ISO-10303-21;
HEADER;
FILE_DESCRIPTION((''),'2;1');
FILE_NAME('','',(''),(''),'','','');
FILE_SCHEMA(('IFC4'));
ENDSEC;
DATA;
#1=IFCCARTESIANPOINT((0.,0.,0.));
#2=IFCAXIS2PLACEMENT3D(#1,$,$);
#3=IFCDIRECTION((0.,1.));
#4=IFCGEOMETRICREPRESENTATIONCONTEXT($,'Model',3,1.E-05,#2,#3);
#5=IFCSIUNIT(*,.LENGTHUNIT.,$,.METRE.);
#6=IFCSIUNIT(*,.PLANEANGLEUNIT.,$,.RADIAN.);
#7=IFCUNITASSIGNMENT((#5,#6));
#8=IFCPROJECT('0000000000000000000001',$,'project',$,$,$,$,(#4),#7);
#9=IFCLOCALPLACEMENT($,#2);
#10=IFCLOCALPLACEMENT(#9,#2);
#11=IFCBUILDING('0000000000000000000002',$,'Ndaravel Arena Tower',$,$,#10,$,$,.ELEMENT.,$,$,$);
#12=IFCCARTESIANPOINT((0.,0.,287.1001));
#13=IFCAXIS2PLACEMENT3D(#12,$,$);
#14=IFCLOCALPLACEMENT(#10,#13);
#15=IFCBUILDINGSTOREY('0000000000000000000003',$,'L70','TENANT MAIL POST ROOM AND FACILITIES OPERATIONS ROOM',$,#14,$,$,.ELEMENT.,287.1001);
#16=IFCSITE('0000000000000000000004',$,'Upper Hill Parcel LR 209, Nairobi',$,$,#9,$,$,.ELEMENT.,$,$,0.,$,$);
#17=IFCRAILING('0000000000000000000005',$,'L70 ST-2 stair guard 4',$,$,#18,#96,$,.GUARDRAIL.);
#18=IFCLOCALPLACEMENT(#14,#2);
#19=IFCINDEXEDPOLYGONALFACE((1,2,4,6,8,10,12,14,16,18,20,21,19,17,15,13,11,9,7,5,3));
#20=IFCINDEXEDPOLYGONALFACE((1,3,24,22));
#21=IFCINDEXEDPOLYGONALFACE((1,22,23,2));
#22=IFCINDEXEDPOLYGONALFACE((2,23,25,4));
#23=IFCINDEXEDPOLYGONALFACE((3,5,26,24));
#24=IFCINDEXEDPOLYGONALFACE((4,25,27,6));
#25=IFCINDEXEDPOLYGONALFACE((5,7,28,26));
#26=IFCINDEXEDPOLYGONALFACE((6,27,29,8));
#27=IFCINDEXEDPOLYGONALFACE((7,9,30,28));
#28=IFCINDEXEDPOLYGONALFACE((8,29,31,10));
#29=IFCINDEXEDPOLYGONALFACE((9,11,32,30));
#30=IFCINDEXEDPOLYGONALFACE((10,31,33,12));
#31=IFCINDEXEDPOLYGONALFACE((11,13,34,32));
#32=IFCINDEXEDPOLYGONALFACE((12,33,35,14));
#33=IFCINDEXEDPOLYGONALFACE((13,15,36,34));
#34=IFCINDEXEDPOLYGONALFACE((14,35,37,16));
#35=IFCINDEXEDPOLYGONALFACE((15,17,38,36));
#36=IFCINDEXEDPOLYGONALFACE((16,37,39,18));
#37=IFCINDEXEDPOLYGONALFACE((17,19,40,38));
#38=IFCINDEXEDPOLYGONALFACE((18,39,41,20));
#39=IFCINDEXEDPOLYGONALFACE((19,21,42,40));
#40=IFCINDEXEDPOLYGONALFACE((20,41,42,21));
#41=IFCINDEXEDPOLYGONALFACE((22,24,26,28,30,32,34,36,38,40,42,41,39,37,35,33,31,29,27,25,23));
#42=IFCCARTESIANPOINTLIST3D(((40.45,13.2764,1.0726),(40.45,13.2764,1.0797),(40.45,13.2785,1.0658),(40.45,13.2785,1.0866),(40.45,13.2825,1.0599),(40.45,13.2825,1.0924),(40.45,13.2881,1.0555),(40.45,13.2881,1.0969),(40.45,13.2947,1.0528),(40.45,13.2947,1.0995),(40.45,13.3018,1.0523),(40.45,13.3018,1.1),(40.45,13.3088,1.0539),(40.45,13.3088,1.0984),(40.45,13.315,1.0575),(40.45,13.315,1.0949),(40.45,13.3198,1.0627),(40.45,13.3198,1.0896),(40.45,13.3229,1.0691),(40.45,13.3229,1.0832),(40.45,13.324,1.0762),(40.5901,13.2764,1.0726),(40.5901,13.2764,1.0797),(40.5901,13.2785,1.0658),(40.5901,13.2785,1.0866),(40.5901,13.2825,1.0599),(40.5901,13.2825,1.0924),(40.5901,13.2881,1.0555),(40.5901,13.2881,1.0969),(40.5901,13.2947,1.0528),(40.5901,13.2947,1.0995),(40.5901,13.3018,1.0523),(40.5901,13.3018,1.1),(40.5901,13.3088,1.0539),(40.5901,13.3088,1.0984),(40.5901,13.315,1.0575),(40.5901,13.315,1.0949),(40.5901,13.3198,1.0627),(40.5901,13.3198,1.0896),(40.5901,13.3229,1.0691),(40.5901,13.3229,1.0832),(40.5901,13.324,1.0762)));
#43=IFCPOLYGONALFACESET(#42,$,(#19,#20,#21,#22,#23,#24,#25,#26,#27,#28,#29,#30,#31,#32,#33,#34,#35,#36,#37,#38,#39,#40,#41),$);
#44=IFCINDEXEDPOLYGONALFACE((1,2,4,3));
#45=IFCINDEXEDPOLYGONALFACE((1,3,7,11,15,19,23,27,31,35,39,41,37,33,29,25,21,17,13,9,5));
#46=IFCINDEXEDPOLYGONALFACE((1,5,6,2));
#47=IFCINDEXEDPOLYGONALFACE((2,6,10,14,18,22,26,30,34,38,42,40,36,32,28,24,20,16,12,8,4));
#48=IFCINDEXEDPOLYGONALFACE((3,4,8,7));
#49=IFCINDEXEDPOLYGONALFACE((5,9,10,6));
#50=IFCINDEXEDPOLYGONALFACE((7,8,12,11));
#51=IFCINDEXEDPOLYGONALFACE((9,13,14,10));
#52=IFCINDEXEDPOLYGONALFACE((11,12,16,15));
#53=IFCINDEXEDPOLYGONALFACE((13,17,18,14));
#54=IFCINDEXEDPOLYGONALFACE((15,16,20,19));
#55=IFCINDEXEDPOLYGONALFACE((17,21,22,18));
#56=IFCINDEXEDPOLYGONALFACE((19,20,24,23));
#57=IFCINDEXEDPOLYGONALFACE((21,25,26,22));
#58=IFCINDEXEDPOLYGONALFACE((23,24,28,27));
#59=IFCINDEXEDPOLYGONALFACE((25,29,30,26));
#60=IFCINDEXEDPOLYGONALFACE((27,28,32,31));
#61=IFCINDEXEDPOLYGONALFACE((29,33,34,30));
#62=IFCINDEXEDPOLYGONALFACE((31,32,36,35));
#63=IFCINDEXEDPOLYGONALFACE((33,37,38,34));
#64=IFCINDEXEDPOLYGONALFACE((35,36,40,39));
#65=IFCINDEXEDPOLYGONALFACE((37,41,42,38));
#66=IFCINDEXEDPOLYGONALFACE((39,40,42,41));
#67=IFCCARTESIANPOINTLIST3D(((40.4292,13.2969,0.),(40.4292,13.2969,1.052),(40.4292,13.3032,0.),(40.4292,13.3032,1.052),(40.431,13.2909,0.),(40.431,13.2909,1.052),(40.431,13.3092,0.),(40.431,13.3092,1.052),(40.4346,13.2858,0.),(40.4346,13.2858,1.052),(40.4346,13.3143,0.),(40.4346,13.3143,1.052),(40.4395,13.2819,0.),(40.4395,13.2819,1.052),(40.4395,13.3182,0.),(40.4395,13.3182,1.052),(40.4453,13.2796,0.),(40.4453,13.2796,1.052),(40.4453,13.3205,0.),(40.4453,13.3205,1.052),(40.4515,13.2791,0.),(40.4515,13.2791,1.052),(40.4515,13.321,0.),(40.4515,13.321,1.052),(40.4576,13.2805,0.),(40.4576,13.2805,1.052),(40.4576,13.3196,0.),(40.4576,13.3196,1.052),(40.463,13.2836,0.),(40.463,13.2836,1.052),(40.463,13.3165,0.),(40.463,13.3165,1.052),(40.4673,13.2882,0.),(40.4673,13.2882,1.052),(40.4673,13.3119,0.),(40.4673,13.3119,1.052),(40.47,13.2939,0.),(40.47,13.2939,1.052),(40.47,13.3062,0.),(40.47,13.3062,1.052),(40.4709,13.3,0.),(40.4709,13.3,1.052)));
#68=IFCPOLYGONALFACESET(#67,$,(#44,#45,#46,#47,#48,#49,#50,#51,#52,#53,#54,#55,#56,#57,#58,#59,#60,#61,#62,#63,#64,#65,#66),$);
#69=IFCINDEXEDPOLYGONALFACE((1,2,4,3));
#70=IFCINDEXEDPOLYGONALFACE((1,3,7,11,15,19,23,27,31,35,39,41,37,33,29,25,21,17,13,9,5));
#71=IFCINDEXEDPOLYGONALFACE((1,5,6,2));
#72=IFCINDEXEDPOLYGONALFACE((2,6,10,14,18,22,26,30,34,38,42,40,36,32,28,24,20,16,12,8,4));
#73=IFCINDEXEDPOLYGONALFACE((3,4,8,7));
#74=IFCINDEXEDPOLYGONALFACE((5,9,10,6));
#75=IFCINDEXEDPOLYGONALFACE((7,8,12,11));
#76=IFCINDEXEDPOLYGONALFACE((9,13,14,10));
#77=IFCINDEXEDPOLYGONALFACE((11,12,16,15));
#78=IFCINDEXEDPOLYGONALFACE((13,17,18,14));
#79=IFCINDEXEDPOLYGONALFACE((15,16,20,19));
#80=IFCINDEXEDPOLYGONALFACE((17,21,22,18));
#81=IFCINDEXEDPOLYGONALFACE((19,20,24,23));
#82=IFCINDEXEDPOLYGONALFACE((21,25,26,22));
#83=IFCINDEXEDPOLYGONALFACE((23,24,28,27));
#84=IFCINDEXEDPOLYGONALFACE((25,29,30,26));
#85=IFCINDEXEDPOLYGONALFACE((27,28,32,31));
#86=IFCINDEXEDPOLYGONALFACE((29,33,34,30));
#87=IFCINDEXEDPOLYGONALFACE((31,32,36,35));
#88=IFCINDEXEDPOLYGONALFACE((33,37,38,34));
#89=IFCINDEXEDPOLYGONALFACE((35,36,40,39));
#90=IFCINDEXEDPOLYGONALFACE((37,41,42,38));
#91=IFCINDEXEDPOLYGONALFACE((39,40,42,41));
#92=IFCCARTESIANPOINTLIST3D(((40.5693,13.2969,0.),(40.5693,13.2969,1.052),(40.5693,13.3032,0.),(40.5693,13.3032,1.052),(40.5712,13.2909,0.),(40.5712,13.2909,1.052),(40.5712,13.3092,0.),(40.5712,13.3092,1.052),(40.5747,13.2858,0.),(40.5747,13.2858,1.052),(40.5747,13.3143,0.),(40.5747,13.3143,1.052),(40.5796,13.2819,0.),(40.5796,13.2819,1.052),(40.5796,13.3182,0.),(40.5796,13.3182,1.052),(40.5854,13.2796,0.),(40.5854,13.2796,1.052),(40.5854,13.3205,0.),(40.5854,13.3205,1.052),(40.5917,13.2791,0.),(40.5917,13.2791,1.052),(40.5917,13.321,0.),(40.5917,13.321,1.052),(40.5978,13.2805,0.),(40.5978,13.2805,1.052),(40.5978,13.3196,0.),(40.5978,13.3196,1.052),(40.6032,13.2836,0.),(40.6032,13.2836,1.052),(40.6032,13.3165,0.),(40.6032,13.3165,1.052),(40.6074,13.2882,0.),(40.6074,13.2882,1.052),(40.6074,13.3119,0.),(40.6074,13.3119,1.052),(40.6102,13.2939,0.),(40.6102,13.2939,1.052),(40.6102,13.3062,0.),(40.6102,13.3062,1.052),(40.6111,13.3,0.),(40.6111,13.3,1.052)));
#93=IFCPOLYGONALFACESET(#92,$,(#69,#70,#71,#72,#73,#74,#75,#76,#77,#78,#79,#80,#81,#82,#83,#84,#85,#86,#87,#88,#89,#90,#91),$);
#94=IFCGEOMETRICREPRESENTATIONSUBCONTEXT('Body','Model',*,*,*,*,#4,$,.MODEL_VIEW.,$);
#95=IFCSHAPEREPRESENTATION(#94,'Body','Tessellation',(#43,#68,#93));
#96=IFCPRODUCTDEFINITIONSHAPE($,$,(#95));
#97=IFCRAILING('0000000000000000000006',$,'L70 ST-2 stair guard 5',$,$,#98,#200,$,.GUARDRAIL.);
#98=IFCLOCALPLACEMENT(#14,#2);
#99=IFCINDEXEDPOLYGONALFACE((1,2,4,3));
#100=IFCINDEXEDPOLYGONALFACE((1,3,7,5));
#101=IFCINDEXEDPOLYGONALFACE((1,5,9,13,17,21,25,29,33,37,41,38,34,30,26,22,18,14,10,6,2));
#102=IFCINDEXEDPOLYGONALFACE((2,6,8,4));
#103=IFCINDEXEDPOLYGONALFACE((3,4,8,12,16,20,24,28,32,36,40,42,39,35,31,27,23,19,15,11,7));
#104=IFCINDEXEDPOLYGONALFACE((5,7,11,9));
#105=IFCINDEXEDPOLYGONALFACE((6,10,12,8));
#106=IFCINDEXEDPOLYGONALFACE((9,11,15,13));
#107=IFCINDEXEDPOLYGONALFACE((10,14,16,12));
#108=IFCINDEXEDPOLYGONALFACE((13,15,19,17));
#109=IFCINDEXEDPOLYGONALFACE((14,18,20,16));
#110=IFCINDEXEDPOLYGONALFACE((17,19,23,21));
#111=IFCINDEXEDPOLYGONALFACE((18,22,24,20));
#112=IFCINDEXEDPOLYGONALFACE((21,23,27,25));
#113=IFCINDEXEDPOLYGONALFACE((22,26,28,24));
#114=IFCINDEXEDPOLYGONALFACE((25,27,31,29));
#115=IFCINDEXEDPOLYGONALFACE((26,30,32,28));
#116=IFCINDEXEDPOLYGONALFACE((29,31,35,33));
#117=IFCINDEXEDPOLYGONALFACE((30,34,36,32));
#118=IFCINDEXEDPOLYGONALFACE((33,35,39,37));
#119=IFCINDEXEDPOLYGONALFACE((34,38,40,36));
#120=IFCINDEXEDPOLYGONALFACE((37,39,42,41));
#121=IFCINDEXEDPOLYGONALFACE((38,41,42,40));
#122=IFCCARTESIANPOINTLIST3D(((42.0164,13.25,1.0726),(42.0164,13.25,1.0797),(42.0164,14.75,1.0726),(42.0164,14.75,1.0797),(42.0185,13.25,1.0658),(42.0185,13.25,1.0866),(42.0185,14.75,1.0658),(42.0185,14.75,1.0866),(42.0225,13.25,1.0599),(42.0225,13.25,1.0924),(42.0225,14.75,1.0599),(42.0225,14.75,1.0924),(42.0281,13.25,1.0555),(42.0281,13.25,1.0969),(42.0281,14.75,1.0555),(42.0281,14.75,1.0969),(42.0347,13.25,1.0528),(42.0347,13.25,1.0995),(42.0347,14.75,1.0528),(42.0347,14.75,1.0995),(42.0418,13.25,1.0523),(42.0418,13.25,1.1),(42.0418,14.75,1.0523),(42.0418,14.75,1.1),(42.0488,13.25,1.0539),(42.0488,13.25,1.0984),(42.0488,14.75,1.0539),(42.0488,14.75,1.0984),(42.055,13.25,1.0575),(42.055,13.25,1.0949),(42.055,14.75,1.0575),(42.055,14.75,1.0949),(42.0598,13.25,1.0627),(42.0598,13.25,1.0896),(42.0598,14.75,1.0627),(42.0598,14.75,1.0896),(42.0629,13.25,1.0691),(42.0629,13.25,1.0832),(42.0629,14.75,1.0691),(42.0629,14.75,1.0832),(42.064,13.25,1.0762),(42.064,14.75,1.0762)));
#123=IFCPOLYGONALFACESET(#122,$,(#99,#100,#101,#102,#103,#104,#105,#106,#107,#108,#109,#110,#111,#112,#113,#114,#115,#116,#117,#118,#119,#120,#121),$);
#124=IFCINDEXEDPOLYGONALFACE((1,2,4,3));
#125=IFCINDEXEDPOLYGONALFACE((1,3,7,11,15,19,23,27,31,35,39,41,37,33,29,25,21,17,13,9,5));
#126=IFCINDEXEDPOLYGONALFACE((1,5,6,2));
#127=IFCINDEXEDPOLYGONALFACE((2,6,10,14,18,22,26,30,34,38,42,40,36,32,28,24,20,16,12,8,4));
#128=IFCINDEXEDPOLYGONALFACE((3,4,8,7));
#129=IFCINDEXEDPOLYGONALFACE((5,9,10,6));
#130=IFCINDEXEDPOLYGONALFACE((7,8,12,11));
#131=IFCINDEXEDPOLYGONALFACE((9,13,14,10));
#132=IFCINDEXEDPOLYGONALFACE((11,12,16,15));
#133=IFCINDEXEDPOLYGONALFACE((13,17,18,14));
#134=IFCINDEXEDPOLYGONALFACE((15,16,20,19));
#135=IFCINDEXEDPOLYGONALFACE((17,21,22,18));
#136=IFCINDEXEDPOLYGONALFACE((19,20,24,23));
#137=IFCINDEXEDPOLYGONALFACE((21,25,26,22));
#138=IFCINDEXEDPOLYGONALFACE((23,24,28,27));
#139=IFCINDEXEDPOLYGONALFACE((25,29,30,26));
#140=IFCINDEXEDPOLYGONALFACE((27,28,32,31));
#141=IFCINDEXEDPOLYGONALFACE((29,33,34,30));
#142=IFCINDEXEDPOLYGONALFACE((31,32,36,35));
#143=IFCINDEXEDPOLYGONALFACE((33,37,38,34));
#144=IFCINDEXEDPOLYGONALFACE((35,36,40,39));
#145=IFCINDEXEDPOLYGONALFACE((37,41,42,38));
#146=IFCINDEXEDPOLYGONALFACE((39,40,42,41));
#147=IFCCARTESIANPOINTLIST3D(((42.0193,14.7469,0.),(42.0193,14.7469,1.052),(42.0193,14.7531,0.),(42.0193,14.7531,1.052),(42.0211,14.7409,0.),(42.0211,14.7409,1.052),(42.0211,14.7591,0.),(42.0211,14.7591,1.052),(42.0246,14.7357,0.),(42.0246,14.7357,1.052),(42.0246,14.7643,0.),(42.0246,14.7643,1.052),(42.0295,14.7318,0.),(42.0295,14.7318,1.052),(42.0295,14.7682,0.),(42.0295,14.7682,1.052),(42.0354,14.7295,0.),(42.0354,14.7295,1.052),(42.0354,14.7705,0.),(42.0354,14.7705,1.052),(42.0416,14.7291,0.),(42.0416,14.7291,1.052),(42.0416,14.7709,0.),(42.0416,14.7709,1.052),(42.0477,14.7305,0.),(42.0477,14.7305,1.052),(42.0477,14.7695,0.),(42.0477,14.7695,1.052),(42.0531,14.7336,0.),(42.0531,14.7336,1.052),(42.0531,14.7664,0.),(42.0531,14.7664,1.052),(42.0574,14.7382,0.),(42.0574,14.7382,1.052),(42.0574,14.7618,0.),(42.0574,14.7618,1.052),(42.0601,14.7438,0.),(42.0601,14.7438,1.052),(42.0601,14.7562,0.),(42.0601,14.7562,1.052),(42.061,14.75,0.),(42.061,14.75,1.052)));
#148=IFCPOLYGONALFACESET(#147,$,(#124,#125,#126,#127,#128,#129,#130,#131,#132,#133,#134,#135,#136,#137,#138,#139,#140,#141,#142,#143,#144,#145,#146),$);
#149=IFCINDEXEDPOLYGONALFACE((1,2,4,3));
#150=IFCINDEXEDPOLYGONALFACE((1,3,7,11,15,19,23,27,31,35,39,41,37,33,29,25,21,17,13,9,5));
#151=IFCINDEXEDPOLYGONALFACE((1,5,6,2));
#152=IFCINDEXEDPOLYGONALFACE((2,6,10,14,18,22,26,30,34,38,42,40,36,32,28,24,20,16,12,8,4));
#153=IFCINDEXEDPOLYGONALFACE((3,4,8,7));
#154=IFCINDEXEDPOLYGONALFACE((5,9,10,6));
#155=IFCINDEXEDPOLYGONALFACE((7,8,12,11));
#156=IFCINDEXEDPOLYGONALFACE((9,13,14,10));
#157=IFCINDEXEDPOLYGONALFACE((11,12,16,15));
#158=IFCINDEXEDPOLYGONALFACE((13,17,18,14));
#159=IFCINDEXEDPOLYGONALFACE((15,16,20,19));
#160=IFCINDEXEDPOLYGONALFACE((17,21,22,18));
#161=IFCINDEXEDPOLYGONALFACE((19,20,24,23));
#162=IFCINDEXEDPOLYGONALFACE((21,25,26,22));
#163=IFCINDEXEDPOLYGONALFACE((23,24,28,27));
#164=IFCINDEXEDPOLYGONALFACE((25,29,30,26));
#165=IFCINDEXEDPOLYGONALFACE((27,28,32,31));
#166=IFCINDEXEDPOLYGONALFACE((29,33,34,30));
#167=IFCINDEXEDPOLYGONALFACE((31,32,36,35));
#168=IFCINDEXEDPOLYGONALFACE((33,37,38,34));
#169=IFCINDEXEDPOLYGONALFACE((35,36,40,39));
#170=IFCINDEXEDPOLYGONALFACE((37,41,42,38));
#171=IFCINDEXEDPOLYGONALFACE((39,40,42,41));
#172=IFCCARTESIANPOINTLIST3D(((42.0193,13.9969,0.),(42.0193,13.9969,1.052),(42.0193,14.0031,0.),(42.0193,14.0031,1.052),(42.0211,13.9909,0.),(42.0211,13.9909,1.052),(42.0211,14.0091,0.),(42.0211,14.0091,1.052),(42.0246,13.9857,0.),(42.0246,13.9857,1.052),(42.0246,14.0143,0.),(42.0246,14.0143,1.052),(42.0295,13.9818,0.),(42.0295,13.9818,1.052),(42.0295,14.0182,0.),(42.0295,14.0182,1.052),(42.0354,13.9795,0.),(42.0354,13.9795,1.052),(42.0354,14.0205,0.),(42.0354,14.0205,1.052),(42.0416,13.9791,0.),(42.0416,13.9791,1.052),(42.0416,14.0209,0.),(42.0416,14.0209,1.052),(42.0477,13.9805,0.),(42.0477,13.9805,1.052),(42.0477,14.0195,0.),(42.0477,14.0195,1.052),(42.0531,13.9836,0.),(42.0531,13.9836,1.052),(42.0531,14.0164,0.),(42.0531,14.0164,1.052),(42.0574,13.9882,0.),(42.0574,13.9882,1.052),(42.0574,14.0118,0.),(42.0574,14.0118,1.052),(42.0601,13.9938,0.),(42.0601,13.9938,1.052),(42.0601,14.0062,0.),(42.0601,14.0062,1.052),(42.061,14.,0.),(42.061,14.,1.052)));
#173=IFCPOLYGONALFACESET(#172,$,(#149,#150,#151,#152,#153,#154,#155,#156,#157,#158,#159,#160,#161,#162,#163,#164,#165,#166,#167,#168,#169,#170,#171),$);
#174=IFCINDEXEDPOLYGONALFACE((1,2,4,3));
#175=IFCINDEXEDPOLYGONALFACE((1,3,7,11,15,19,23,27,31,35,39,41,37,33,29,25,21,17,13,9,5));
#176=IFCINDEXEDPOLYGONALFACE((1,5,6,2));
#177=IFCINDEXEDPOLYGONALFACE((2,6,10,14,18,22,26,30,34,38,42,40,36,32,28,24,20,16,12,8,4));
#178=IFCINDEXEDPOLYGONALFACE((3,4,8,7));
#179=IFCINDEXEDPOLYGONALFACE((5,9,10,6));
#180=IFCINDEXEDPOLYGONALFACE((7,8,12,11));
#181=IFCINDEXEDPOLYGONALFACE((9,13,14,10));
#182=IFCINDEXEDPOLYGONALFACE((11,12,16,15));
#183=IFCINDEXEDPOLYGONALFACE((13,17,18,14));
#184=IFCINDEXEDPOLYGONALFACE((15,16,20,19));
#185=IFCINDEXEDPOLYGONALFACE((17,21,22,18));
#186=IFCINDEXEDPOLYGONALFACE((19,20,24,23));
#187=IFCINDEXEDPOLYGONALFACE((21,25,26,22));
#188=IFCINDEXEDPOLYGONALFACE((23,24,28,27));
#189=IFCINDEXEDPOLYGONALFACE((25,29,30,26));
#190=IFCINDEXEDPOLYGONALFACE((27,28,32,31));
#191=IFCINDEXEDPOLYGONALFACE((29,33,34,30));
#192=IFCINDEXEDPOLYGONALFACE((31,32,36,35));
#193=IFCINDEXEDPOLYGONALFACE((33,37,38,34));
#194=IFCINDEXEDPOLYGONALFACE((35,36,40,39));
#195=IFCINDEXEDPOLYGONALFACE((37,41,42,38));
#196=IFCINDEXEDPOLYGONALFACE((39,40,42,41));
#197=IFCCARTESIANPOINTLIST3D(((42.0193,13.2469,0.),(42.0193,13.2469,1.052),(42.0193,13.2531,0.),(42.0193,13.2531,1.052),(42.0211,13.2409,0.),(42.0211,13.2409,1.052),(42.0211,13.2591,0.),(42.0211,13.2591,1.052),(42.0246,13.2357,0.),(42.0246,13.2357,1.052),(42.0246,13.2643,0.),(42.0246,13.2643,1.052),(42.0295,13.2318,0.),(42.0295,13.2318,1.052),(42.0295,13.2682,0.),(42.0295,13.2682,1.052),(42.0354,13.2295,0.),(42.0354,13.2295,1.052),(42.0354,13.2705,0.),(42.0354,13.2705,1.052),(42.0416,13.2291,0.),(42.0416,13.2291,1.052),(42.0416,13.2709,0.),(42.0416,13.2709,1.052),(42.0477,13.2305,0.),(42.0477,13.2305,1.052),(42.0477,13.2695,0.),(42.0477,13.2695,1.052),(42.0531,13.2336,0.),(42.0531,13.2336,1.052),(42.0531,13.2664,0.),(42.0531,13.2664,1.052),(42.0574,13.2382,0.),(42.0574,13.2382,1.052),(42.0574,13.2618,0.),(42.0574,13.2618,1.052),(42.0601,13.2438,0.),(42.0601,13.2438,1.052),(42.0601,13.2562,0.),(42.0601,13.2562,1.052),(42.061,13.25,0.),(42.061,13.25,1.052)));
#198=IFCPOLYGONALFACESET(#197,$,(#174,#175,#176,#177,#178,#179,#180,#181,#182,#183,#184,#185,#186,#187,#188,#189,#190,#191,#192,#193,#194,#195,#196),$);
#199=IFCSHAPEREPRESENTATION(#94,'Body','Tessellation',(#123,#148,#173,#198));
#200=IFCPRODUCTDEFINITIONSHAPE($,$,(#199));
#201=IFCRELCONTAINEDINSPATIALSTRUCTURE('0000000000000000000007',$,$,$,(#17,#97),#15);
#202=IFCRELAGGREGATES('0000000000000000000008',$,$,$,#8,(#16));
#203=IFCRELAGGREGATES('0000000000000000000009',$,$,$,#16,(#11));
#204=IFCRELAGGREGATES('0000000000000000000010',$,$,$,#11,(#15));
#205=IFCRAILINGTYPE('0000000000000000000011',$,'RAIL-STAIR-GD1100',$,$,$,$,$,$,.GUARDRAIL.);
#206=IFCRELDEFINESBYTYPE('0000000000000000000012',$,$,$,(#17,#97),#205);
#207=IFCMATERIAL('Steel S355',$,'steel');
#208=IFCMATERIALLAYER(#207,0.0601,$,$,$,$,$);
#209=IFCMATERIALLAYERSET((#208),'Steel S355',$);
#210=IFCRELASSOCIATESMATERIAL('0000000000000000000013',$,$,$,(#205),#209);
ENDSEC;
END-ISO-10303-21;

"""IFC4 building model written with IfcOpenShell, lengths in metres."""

from ifc_helpers import new_model, si_unit, direction, frame, origin, origin_2d, place, context, subcontext, project, spatial, circle, extrude, material, layer, layer_set, type_object, element, save


model = new_model("IFC4")

# Units and contexts
model_context = context("Model", 3, precision=1e-05, world=origin(), true_north=direction((0.0, 1.0)))
body_context = subcontext(model_context, "Body", "Model", "MODEL_VIEW")
ifc_project = project(units=[si_unit("LENGTHUNIT", "METRE"), si_unit("PLANEANGLEUNIT", "RADIAN")], contexts=[model_context])

# Site, building, storey
site_placement = place(None, origin())
site = spatial("IfcSite", under=ifc_project, at=site_placement, Name="Upper Hill Parcel LR 209, Nairobi", CompositionType="ELEMENT", RefElevation=0.0)
building_placement = place(site_placement, origin())
building = spatial("IfcBuilding", under=site, at=building_placement, Name="Ndaravel Arena Tower", CompositionType="ELEMENT")
storey_placement = place(building_placement, frame((0.0, 0.0, 287.1001)))
storey = spatial("IfcBuildingStorey", under=building, at=storey_placement, Name="L70", Description="TENANT MAIL POST ROOM AND FACILITIES OPERATIONS ROOM", CompositionType="ELEMENT", Elevation=287.1001)

# Railings
ifc_material_1 = material(Name="Steel S355", Category="steel")
ifc_layer_1 = layer(ifc_material_1, 0.0601)
ifc_layer_set_1 = layer_set([ifc_layer_1], Name="Steel S355")
railing_type = type_object("IfcRailingType", Name="RAIL-STAIR-GD1100", PredefinedType="GUARDRAIL", material=ifc_layer_set_1)
railing_1_placement = place(storey_placement, frame((40.45, 13.3, 0.0)))
element("IfcRailing", 1, at=railing_1_placement, inside=storey, type_object=railing_type, Name="L70 ST-2 stair guard 4", PredefinedType="GUARDRAIL", context=body_context, shape_type="SweptSolid", body=[
    extrude(circle(Radius=0.0239, at=origin_2d()), frame((0.0, 0.0, 1.0762), z_axis=(1.0, 0.0, 0.0), x_axis=(0.0, 1.0, 0.0)), (0.0, 0.0, 1.0), 0.1401),
    extrude(circle(Radius=0.021, at=origin_2d()), origin(), (0.0, 0.0, 1.0), 1.052),
    extrude(circle(Radius=0.021, at=origin_2d()), frame((0.1401, 0.0, 0.0)), (0.0, 0.0, 1.0), 1.052),
])
railing_2_placement = place(storey_placement, frame((42.04, 14.75, 0.0)))
element("IfcRailing", 2, at=railing_2_placement, inside=storey, type_object=railing_type, Name="L70 ST-2 stair guard 5", PredefinedType="GUARDRAIL", context=body_context, shape_type="SweptSolid", body=[
    extrude(circle(Radius=0.0239, at=origin_2d()), frame((0.0, 0.0, 1.0762), z_axis=(0.0, -1.0, 0.0), x_axis=(1.0, 0.0, 0.0)), (0.0, 0.0, 1.0), 1.5),
    extrude(circle(Radius=0.021, at=origin_2d()), origin(), (0.0, 0.0, 1.0), 1.052),
    extrude(circle(Radius=0.021, at=origin_2d()), frame((0.0, -0.75, 0.0)), (0.0, 0.0, 1.0), 1.052),
    extrude(circle(Radius=0.021, at=origin_2d()), frame((0.0, -1.5, 0.0)), (0.0, 0.0, 1.0), 1.052),
])

save(model, "model.ifc")
